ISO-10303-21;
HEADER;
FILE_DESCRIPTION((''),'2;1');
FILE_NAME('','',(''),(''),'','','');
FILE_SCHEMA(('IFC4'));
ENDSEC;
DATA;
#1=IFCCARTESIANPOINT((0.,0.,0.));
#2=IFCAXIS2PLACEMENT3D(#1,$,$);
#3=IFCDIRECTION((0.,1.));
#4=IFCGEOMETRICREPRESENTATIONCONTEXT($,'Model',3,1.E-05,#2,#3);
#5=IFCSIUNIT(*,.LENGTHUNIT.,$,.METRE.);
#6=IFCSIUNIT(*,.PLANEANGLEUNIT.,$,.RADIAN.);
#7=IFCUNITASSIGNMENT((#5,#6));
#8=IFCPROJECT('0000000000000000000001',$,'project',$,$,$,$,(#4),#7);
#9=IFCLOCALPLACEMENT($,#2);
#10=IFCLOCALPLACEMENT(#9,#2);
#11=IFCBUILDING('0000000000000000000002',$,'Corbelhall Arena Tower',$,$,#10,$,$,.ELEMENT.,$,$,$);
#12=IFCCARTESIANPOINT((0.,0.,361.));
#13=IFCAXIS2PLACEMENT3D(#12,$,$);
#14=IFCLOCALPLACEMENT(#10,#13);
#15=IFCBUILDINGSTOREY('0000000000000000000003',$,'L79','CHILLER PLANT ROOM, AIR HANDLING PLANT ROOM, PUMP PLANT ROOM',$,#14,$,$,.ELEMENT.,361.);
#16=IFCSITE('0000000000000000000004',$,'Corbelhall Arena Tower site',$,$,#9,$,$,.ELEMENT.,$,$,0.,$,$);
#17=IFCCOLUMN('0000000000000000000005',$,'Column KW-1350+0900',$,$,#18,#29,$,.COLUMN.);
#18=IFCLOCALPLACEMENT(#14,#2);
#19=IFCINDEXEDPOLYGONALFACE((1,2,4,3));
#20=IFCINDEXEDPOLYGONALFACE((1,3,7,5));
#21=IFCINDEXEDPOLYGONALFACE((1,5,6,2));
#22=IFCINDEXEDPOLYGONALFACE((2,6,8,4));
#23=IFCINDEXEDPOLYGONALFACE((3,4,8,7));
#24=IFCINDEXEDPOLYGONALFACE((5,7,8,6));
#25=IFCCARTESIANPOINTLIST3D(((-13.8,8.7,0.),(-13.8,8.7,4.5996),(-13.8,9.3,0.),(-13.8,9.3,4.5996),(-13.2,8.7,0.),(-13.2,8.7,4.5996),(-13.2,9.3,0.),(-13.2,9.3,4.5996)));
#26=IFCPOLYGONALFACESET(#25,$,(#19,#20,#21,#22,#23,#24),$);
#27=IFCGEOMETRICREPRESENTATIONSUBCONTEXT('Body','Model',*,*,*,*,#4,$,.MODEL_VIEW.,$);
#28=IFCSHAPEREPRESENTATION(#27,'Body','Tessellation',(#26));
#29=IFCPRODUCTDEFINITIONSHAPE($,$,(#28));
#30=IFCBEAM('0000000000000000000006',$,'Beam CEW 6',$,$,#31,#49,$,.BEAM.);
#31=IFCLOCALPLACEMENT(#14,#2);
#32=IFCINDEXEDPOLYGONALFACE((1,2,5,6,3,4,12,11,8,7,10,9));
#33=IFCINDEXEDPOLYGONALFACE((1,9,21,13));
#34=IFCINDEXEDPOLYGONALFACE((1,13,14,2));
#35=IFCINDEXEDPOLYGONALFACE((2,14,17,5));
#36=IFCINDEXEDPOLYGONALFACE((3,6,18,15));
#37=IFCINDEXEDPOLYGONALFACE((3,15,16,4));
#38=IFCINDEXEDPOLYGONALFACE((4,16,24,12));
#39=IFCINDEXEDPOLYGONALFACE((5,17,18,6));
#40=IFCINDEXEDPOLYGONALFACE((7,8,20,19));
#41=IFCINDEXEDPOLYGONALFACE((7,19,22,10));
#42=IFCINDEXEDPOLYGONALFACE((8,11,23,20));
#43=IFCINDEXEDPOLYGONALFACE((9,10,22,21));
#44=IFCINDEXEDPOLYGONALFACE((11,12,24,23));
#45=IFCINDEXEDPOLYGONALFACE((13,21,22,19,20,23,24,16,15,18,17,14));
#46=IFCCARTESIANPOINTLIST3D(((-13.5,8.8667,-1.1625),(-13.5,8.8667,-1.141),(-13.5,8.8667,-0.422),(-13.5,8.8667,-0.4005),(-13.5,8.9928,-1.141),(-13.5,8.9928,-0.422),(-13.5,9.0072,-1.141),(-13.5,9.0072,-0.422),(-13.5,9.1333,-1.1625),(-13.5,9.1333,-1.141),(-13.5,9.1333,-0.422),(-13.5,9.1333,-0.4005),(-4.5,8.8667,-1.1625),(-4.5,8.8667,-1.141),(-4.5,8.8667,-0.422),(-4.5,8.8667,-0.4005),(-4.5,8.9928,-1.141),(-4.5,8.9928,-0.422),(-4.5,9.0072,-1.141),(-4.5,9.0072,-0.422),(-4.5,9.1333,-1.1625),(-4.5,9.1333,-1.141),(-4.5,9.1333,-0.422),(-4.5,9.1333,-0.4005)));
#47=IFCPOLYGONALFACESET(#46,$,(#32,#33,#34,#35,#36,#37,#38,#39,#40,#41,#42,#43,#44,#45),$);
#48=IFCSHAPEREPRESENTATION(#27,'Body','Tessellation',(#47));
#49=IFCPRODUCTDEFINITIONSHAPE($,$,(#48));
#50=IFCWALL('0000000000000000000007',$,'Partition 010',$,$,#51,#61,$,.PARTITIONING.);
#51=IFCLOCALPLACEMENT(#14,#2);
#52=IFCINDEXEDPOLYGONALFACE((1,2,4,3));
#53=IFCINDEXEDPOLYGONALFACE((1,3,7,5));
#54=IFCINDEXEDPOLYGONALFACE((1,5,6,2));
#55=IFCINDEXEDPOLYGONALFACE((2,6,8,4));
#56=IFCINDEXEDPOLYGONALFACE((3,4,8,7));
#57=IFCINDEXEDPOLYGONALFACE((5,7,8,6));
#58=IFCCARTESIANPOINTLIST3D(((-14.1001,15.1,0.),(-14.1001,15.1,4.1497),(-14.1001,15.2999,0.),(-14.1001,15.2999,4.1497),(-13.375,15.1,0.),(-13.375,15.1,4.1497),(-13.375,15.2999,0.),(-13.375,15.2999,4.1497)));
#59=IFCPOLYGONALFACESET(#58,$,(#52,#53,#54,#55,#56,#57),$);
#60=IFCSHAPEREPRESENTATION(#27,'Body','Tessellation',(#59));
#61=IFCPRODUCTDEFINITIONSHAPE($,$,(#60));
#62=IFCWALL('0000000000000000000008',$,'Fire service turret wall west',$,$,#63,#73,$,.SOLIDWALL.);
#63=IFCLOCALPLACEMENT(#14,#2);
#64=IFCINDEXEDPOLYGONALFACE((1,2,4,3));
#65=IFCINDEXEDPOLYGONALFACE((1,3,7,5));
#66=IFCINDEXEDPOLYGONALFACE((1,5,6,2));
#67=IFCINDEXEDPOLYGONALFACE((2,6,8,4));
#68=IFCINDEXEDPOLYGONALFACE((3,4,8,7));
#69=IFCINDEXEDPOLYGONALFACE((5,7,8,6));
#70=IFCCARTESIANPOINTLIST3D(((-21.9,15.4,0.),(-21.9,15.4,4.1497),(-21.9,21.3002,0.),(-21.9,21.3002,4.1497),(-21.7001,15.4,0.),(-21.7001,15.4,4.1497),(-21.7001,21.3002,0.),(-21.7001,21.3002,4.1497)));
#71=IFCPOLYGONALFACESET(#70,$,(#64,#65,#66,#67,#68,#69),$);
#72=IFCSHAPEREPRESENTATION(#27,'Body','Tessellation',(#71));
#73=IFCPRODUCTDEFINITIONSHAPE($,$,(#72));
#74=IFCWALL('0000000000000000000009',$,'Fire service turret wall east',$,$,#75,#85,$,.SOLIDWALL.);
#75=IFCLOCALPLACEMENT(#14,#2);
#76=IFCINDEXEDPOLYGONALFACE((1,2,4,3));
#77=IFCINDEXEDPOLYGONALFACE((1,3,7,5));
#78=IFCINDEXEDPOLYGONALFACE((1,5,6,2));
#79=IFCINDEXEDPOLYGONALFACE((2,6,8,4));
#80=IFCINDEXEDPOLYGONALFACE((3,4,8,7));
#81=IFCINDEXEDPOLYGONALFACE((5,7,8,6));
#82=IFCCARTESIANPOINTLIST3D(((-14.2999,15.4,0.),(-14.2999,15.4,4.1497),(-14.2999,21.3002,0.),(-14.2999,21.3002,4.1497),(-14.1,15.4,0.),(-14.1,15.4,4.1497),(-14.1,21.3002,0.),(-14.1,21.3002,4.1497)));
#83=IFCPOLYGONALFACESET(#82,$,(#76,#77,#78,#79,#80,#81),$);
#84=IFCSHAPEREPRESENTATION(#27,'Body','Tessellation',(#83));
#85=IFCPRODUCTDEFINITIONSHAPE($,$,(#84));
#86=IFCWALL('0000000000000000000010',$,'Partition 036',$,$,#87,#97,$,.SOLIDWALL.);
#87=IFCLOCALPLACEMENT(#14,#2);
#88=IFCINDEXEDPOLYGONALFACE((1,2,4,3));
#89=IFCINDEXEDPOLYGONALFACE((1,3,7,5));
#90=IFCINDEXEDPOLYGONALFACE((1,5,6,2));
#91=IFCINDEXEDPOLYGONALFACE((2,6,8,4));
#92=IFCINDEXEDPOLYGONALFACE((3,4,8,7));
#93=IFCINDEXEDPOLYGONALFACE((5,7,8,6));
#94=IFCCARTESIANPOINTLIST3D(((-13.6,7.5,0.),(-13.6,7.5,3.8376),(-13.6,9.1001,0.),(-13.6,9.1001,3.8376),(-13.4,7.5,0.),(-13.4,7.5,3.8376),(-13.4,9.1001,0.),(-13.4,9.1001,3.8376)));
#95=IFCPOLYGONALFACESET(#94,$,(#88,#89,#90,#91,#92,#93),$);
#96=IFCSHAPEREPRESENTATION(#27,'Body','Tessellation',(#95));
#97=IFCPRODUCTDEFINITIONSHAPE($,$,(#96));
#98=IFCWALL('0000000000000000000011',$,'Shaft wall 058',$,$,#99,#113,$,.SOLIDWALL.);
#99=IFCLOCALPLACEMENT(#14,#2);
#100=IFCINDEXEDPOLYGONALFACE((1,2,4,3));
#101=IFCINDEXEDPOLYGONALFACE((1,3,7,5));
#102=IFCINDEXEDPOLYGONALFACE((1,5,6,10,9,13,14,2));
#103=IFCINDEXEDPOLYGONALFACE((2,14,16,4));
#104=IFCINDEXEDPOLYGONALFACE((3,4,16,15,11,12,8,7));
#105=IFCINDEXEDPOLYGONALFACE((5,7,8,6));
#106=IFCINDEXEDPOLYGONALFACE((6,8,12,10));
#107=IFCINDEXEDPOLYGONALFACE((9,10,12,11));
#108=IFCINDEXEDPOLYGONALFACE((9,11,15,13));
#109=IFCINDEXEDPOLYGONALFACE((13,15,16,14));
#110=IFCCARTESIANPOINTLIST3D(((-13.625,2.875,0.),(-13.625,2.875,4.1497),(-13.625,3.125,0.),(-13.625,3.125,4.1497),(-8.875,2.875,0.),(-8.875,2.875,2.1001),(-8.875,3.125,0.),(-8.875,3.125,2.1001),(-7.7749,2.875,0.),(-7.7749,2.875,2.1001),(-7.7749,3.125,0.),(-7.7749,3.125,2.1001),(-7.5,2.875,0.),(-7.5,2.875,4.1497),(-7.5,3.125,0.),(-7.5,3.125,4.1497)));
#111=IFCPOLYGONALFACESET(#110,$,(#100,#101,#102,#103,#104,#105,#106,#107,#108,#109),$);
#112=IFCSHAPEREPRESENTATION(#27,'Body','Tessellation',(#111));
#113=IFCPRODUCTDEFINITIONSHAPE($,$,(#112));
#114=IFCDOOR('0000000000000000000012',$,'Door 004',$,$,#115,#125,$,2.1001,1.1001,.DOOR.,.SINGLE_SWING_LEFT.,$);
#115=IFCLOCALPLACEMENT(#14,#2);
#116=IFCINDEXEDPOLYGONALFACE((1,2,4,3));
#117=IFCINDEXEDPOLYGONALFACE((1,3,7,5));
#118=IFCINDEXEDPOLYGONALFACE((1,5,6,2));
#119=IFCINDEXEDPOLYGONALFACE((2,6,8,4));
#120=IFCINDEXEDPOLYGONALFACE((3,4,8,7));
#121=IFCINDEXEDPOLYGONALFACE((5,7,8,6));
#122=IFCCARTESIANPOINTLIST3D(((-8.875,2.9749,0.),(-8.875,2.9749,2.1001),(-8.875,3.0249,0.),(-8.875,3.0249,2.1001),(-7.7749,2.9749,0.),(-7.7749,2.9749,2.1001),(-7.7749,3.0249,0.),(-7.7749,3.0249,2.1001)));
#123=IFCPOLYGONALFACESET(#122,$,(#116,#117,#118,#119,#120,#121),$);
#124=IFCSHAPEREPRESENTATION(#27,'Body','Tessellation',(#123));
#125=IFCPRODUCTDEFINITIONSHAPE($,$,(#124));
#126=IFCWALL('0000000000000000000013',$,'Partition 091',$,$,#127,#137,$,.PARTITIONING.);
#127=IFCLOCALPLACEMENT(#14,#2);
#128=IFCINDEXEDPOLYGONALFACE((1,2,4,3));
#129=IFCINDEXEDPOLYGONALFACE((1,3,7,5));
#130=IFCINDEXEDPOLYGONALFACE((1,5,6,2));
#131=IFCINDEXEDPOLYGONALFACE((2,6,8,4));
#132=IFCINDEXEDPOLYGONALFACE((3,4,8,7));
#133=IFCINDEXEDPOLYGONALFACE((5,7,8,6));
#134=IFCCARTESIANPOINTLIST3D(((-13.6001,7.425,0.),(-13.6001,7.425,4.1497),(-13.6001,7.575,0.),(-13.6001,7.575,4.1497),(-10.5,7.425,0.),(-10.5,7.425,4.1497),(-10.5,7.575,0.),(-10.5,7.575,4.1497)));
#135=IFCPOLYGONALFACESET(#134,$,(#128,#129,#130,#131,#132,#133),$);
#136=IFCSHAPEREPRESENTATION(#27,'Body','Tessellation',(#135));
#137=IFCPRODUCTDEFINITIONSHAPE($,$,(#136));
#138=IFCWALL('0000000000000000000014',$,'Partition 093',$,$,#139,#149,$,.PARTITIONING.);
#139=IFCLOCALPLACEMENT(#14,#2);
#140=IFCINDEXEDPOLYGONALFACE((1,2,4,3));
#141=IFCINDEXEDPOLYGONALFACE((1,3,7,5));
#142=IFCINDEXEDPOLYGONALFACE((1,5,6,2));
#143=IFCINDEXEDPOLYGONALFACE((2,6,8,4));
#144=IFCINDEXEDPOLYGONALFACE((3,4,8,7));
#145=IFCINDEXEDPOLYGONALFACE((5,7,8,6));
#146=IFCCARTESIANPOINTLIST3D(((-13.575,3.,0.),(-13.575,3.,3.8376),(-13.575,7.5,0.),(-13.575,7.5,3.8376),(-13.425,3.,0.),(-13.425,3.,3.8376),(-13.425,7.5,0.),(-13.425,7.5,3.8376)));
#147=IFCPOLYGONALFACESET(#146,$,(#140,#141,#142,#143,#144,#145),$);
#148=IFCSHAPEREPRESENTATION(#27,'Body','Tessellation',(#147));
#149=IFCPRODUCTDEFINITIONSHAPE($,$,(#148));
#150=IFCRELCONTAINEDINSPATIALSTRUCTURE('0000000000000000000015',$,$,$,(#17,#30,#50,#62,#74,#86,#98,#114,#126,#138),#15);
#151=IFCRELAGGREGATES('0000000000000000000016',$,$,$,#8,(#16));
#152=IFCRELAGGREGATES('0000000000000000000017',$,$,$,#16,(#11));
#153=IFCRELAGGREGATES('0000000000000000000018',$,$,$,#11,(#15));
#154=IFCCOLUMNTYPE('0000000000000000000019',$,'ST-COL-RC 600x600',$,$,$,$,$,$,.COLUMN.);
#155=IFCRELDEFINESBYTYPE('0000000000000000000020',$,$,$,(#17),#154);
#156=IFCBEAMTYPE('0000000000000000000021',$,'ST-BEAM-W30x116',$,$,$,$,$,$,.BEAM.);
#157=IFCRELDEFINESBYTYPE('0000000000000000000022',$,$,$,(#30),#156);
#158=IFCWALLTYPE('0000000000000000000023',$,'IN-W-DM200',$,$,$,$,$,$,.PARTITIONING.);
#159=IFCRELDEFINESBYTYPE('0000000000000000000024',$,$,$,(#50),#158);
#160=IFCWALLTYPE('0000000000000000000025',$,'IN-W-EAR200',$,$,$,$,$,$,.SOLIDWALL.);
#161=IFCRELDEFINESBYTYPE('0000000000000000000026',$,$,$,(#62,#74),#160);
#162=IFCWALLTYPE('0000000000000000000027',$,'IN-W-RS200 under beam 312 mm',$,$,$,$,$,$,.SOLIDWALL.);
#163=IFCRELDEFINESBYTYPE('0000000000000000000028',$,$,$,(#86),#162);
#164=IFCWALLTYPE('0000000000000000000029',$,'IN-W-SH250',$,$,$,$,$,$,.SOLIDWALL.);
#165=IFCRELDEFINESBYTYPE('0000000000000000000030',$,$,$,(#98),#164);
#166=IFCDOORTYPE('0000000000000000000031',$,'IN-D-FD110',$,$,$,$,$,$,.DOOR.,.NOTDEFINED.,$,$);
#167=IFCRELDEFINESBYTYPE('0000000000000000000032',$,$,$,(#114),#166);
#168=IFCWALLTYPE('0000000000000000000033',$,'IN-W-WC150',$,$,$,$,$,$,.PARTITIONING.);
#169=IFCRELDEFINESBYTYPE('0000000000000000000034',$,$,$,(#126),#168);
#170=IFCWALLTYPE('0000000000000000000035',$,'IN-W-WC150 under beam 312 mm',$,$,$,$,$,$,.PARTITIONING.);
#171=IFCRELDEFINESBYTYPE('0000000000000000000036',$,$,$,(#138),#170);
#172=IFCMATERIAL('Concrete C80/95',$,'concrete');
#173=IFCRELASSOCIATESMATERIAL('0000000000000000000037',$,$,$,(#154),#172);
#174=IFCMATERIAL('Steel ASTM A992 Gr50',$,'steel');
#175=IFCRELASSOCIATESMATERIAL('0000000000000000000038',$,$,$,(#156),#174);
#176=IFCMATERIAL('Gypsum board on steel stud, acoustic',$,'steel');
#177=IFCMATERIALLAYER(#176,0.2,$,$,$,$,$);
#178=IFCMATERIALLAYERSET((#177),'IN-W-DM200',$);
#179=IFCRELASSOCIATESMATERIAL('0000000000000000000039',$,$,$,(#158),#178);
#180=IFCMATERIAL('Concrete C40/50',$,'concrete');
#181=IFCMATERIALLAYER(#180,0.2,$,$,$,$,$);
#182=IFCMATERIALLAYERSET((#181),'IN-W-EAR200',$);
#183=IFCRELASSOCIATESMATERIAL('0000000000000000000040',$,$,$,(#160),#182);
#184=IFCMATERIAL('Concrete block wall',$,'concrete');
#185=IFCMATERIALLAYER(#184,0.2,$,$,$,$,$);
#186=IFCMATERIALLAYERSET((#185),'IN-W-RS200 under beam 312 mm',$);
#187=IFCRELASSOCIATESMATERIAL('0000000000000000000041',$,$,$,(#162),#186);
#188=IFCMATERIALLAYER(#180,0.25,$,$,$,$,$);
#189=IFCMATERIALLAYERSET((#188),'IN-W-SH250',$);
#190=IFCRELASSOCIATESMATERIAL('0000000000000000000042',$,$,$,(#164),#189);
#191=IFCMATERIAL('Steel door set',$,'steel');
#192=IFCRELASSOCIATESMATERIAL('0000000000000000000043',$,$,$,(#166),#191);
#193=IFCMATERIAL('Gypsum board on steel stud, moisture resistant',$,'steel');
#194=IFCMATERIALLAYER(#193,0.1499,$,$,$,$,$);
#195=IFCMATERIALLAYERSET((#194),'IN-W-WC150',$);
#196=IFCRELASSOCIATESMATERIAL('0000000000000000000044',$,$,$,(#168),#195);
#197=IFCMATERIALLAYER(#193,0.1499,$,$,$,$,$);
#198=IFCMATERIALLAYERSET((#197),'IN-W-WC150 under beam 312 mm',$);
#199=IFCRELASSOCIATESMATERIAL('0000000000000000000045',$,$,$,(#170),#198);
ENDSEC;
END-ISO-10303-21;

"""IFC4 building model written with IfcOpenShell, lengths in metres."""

from ifc_helpers import new_model, si_unit, direction, frame, frame_2d, origin, origin_2d, place, context, subcontext, project, spatial, rectangle, i_section, extrude, material, layer, layer_set, material_profile, profile_set, type_object, element, fill, save


model = new_model("IFC4")

# Units and contexts
model_context = context("Model", 3, precision=1e-05, world=origin(), true_north=direction((0.0, 1.0)))
body_context = subcontext(model_context, "Body", "Model", "MODEL_VIEW")
ifc_project = project(units=[si_unit("LENGTHUNIT", "METRE"), si_unit("PLANEANGLEUNIT", "RADIAN")], contexts=[model_context])

# Site, building, storey
site_placement = place(None, origin())
site = spatial("IfcSite", under=ifc_project, at=site_placement, Name="Corbelhall Arena Tower site", CompositionType="ELEMENT", RefElevation=0.0)
building_placement = place(site_placement, origin())
building = spatial("IfcBuilding", under=site, at=building_placement, Name="Corbelhall Arena Tower", CompositionType="ELEMENT")
storey_placement = place(building_placement, frame((0.0, 0.0, 361.0)))
storey = spatial("IfcBuildingStorey", under=building, at=storey_placement, Name="L79", Description="CHILLER PLANT ROOM, AIR HANDLING PLANT ROOM, PUMP PLANT ROOM", CompositionType="ELEMENT", Elevation=361.0)

# Column
ifc_material_1 = material(Name="Concrete C80/95", Category="concrete")
ifc_material_profile_1 = material_profile(ifc_material_1, rectangle(XDim=0.6001, YDim=0.6001, at=origin_2d()))
ifc_profile_set_1 = profile_set([ifc_material_profile_1], Name="Concrete C80/95")
column_type = type_object("IfcColumnType", Name="ST-COL-RC 600x600", PredefinedType="COLUMN", material=ifc_profile_set_1)
column_placement = place(storey_placement, frame((-13.5, 9.0, 0.0), z_axis=(0.0, 0.0, 1.0), x_axis=(1.0, 0.0, 0.0)))
element("IfcColumn", 1, at=column_placement, inside=storey, type_object=column_type, Name="Column KW-1350+0900", PredefinedType="COLUMN", context=body_context, shape_type="SweptSolid", body=[
    extrude(rectangle(XDim=0.6001, YDim=0.6001, at=origin_2d()), origin(), (0.0, 0.0, 1.0), 4.5996),
])

# Beam
ifc_material_2 = material(Name="Steel ASTM A992 Gr50", Category="steel")
ifc_material_profile_2 = material_profile(ifc_material_2, i_section(OverallWidth=0.2666, OverallDepth=0.762, WebThickness=0.0144, FlangeThickness=0.0215, at=origin_2d()))
ifc_profile_set_2 = profile_set([ifc_material_profile_2], Name="Steel ASTM A992 Gr50")
beam_type = type_object("IfcBeamType", Name="ST-BEAM-W30x116", PredefinedType="BEAM", material=ifc_profile_set_2)
beam_placement = place(storey_placement, frame((-13.5, 9.0, -0.7815), z_axis=(1.0, 0.0, 0.0), x_axis=(0.0, 1.0, 0.0)))
element("IfcBeam", 2, at=beam_placement, inside=storey, type_object=beam_type, Name="Beam CEW 6", PredefinedType="BEAM", context=body_context, shape_type="SweptSolid", body=[
    extrude(i_section(OverallWidth=0.2666, OverallDepth=0.762, WebThickness=0.0144, FlangeThickness=0.0215, at=origin_2d()), origin(), (0.0, 0.0, 1.0), 9.0),
])

# Shared definitions
ifc_material_3 = material(Name="Gypsum board on steel stud, acoustic", Category="steel")
ifc_layer_1 = layer(ifc_material_3, 0.2)
ifc_layer_set_1 = layer_set([ifc_layer_1], Name="IN-W-DM200")
wall_type_1 = type_object("IfcWallType", Name="IN-W-DM200", PredefinedType="PARTITIONING", material=ifc_layer_set_1)
ifc_material_4 = material(Name="Steel door set", Category="steel")

# Walls
wall_1_placement = place(storey_placement, frame((-14.1001, 15.2, 0.0), z_axis=(0.0, 0.0, 1.0), x_axis=(1.0, 0.0, 0.0)))
element("IfcWall", 3, at=wall_1_placement, inside=storey, type_object=wall_type_1, Name="Partition 010", PredefinedType="PARTITIONING", context=body_context, shape_type="SweptSolid", body=[
    extrude(rectangle(XDim=0.7251, YDim=0.2, at=frame_2d((0.3625, 0.0))), origin(), (0.0, 0.0, 1.0), 4.1497),
])
ifc_material_5 = material(Name="Concrete C40/50", Category="concrete")
ifc_layer_2 = layer(ifc_material_5, 0.2)
ifc_layer_set_2 = layer_set([ifc_layer_2], Name="IN-W-EAR200")
wall_type_2 = type_object("IfcWallType", Name="IN-W-EAR200", PredefinedType="SOLIDWALL", material=ifc_layer_set_2)
for number, where, z_axis, x_axis, name in (
    (4, (-21.8, 15.3999, 0.0), (0.0, 0.0, 1.0), (0.0, 1.0, 0.0), "Fire service turret wall west"),
    (5, (-14.2, 15.3999, 0.0), (0.0, 0.0, 1.0), (0.0, 1.0, 0.0), "Fire service turret wall east"),
):
    element("IfcWall", number, at=place(storey_placement, frame(where, z_axis=z_axis, x_axis=x_axis)), inside=storey, type_object=wall_type_2, Name=name, PredefinedType="SOLIDWALL", context=body_context, shape_type="SweptSolid", body=[
        extrude(rectangle(XDim=5.9001, YDim=0.2, at=frame_2d((2.9502, 0.0))), origin(), (0.0, 0.0, 1.0), 4.1497),
    ])

# Wall
ifc_material_6 = material(Name="Concrete block wall", Category="concrete")
ifc_layer_3 = layer(ifc_material_6, 0.2)
ifc_layer_set_3 = layer_set([ifc_layer_3], Name="IN-W-RS200 under beam 312 mm")
wall_type_3 = type_object("IfcWallType", Name="IN-W-RS200 under beam 312 mm", PredefinedType="SOLIDWALL", material=ifc_layer_set_3)
wall_2_placement = place(storey_placement, frame((-13.5, 7.5, 0.0), z_axis=(0.0, 0.0, 1.0), x_axis=(0.0, 1.0, 0.0)))
element("IfcWall", 6, at=wall_2_placement, inside=storey, type_object=wall_type_3, Name="Partition 036", PredefinedType="SOLIDWALL", context=body_context, shape_type="SweptSolid", body=[
    extrude(rectangle(XDim=1.6001, YDim=0.2, at=frame_2d((0.8, 0.0))), origin(), (0.0, 0.0, 1.0), 3.8376),
])

# Wall, opening, door
ifc_layer_4 = layer(ifc_material_5, 0.25)
ifc_layer_set_4 = layer_set([ifc_layer_4], Name="IN-W-SH250")
wall_type_4 = type_object("IfcWallType", Name="IN-W-SH250", PredefinedType="SOLIDWALL", material=ifc_layer_set_4)
wall_3_placement = place(storey_placement, frame((-13.625, 3.0, 0.0), z_axis=(0.0, 0.0, 1.0), x_axis=(1.0, 0.0, 0.0)))
wall_3 = element("IfcWall", 7, at=wall_3_placement, inside=storey, type_object=wall_type_4, Name="Shaft wall 058", PredefinedType="SOLIDWALL", context=body_context, shape_type="SweptSolid", body=[
    extrude(rectangle(XDim=6.125, YDim=0.25, at=frame_2d((3.0625, 0.0))), origin(), (0.0, 0.0, 1.0), 4.1497),
])
opening_1_placement = place(wall_3_placement, frame((4.75, 0.0, 0.0)))
opening_1 = element("IfcOpeningElement", 8, at=opening_1_placement, cuts=wall_3, PredefinedType="OPENING", context=body_context, shape_type="SweptSolid", body=[
    extrude(rectangle(XDim=1.1001, YDim=2.1001, at=frame_2d((0.55, 1.05))), frame((0.0, 0.125, 0.0), z_axis=(0.0, -1.0, 0.0), x_axis=(1.0, 0.0, 0.0)), (0.0, 0.0, 1.0), 0.25),
])
door_type_1 = type_object("IfcDoorType", Name="IN-D-FD110", OperationType="NOTDEFINED", PredefinedType="DOOR", material=ifc_material_4)
door_1_placement = place(opening_1_placement, origin())
door_1 = element("IfcDoor", 9, at=door_1_placement, inside=storey, type_object=door_type_1, Name="Door 004", OperationType="SINGLE_SWING_LEFT", OverallHeight=2.1001, OverallWidth=1.1001, PredefinedType="DOOR", context=body_context, shape_type="SweptSolid", body=[
    extrude(rectangle(XDim=1.1001, YDim=2.1001, at=frame_2d((0.55, 1.05))), frame((0.0, 0.0249, 0.0), z_axis=(0.0, -1.0, 0.0), x_axis=(1.0, 0.0, 0.0)), (0.0, 0.0, 1.0), 0.05),
])
fill(opening_1, door_1)

# Walls
ifc_material_7 = material(Name="Gypsum board on steel stud, moisture resistant", Category="steel")
ifc_layer_5 = layer(ifc_material_7, 0.1499)
ifc_layer_set_5 = layer_set([ifc_layer_5], Name="IN-W-WC150")
wall_type_5 = type_object("IfcWallType", Name="IN-W-WC150", PredefinedType="PARTITIONING", material=ifc_layer_set_5)
wall_4_placement = place(storey_placement, frame((-13.6001, 7.5, 0.0), z_axis=(0.0, 0.0, 1.0), x_axis=(1.0, 0.0, 0.0)))
element("IfcWall", 10, at=wall_4_placement, inside=storey, type_object=wall_type_5, Name="Partition 091", PredefinedType="PARTITIONING", context=body_context, shape_type="SweptSolid", body=[
    extrude(rectangle(XDim=3.1001, YDim=0.1499, at=frame_2d((1.55, 0.0))), origin(), (0.0, 0.0, 1.0), 4.1497),
])
ifc_layer_6 = layer(ifc_material_7, 0.1499)
ifc_layer_set_6 = layer_set([ifc_layer_6], Name="IN-W-WC150 under beam 312 mm")
wall_type_6 = type_object("IfcWallType", Name="IN-W-WC150 under beam 312 mm", PredefinedType="PARTITIONING", material=ifc_layer_set_6)
wall_5_placement = place(storey_placement, frame((-13.5, 3.0, 0.0), z_axis=(0.0, 0.0, 1.0), x_axis=(0.0, 1.0, 0.0)))
element("IfcWall", 11, at=wall_5_placement, inside=storey, type_object=wall_type_6, Name="Partition 093", PredefinedType="PARTITIONING", context=body_context, shape_type="SweptSolid", body=[
    extrude(rectangle(XDim=4.5, YDim=0.1499, at=frame_2d((2.25, 0.0))), origin(), (0.0, 0.0, 1.0), 3.8376),
])

save(model, "model.ifc")
